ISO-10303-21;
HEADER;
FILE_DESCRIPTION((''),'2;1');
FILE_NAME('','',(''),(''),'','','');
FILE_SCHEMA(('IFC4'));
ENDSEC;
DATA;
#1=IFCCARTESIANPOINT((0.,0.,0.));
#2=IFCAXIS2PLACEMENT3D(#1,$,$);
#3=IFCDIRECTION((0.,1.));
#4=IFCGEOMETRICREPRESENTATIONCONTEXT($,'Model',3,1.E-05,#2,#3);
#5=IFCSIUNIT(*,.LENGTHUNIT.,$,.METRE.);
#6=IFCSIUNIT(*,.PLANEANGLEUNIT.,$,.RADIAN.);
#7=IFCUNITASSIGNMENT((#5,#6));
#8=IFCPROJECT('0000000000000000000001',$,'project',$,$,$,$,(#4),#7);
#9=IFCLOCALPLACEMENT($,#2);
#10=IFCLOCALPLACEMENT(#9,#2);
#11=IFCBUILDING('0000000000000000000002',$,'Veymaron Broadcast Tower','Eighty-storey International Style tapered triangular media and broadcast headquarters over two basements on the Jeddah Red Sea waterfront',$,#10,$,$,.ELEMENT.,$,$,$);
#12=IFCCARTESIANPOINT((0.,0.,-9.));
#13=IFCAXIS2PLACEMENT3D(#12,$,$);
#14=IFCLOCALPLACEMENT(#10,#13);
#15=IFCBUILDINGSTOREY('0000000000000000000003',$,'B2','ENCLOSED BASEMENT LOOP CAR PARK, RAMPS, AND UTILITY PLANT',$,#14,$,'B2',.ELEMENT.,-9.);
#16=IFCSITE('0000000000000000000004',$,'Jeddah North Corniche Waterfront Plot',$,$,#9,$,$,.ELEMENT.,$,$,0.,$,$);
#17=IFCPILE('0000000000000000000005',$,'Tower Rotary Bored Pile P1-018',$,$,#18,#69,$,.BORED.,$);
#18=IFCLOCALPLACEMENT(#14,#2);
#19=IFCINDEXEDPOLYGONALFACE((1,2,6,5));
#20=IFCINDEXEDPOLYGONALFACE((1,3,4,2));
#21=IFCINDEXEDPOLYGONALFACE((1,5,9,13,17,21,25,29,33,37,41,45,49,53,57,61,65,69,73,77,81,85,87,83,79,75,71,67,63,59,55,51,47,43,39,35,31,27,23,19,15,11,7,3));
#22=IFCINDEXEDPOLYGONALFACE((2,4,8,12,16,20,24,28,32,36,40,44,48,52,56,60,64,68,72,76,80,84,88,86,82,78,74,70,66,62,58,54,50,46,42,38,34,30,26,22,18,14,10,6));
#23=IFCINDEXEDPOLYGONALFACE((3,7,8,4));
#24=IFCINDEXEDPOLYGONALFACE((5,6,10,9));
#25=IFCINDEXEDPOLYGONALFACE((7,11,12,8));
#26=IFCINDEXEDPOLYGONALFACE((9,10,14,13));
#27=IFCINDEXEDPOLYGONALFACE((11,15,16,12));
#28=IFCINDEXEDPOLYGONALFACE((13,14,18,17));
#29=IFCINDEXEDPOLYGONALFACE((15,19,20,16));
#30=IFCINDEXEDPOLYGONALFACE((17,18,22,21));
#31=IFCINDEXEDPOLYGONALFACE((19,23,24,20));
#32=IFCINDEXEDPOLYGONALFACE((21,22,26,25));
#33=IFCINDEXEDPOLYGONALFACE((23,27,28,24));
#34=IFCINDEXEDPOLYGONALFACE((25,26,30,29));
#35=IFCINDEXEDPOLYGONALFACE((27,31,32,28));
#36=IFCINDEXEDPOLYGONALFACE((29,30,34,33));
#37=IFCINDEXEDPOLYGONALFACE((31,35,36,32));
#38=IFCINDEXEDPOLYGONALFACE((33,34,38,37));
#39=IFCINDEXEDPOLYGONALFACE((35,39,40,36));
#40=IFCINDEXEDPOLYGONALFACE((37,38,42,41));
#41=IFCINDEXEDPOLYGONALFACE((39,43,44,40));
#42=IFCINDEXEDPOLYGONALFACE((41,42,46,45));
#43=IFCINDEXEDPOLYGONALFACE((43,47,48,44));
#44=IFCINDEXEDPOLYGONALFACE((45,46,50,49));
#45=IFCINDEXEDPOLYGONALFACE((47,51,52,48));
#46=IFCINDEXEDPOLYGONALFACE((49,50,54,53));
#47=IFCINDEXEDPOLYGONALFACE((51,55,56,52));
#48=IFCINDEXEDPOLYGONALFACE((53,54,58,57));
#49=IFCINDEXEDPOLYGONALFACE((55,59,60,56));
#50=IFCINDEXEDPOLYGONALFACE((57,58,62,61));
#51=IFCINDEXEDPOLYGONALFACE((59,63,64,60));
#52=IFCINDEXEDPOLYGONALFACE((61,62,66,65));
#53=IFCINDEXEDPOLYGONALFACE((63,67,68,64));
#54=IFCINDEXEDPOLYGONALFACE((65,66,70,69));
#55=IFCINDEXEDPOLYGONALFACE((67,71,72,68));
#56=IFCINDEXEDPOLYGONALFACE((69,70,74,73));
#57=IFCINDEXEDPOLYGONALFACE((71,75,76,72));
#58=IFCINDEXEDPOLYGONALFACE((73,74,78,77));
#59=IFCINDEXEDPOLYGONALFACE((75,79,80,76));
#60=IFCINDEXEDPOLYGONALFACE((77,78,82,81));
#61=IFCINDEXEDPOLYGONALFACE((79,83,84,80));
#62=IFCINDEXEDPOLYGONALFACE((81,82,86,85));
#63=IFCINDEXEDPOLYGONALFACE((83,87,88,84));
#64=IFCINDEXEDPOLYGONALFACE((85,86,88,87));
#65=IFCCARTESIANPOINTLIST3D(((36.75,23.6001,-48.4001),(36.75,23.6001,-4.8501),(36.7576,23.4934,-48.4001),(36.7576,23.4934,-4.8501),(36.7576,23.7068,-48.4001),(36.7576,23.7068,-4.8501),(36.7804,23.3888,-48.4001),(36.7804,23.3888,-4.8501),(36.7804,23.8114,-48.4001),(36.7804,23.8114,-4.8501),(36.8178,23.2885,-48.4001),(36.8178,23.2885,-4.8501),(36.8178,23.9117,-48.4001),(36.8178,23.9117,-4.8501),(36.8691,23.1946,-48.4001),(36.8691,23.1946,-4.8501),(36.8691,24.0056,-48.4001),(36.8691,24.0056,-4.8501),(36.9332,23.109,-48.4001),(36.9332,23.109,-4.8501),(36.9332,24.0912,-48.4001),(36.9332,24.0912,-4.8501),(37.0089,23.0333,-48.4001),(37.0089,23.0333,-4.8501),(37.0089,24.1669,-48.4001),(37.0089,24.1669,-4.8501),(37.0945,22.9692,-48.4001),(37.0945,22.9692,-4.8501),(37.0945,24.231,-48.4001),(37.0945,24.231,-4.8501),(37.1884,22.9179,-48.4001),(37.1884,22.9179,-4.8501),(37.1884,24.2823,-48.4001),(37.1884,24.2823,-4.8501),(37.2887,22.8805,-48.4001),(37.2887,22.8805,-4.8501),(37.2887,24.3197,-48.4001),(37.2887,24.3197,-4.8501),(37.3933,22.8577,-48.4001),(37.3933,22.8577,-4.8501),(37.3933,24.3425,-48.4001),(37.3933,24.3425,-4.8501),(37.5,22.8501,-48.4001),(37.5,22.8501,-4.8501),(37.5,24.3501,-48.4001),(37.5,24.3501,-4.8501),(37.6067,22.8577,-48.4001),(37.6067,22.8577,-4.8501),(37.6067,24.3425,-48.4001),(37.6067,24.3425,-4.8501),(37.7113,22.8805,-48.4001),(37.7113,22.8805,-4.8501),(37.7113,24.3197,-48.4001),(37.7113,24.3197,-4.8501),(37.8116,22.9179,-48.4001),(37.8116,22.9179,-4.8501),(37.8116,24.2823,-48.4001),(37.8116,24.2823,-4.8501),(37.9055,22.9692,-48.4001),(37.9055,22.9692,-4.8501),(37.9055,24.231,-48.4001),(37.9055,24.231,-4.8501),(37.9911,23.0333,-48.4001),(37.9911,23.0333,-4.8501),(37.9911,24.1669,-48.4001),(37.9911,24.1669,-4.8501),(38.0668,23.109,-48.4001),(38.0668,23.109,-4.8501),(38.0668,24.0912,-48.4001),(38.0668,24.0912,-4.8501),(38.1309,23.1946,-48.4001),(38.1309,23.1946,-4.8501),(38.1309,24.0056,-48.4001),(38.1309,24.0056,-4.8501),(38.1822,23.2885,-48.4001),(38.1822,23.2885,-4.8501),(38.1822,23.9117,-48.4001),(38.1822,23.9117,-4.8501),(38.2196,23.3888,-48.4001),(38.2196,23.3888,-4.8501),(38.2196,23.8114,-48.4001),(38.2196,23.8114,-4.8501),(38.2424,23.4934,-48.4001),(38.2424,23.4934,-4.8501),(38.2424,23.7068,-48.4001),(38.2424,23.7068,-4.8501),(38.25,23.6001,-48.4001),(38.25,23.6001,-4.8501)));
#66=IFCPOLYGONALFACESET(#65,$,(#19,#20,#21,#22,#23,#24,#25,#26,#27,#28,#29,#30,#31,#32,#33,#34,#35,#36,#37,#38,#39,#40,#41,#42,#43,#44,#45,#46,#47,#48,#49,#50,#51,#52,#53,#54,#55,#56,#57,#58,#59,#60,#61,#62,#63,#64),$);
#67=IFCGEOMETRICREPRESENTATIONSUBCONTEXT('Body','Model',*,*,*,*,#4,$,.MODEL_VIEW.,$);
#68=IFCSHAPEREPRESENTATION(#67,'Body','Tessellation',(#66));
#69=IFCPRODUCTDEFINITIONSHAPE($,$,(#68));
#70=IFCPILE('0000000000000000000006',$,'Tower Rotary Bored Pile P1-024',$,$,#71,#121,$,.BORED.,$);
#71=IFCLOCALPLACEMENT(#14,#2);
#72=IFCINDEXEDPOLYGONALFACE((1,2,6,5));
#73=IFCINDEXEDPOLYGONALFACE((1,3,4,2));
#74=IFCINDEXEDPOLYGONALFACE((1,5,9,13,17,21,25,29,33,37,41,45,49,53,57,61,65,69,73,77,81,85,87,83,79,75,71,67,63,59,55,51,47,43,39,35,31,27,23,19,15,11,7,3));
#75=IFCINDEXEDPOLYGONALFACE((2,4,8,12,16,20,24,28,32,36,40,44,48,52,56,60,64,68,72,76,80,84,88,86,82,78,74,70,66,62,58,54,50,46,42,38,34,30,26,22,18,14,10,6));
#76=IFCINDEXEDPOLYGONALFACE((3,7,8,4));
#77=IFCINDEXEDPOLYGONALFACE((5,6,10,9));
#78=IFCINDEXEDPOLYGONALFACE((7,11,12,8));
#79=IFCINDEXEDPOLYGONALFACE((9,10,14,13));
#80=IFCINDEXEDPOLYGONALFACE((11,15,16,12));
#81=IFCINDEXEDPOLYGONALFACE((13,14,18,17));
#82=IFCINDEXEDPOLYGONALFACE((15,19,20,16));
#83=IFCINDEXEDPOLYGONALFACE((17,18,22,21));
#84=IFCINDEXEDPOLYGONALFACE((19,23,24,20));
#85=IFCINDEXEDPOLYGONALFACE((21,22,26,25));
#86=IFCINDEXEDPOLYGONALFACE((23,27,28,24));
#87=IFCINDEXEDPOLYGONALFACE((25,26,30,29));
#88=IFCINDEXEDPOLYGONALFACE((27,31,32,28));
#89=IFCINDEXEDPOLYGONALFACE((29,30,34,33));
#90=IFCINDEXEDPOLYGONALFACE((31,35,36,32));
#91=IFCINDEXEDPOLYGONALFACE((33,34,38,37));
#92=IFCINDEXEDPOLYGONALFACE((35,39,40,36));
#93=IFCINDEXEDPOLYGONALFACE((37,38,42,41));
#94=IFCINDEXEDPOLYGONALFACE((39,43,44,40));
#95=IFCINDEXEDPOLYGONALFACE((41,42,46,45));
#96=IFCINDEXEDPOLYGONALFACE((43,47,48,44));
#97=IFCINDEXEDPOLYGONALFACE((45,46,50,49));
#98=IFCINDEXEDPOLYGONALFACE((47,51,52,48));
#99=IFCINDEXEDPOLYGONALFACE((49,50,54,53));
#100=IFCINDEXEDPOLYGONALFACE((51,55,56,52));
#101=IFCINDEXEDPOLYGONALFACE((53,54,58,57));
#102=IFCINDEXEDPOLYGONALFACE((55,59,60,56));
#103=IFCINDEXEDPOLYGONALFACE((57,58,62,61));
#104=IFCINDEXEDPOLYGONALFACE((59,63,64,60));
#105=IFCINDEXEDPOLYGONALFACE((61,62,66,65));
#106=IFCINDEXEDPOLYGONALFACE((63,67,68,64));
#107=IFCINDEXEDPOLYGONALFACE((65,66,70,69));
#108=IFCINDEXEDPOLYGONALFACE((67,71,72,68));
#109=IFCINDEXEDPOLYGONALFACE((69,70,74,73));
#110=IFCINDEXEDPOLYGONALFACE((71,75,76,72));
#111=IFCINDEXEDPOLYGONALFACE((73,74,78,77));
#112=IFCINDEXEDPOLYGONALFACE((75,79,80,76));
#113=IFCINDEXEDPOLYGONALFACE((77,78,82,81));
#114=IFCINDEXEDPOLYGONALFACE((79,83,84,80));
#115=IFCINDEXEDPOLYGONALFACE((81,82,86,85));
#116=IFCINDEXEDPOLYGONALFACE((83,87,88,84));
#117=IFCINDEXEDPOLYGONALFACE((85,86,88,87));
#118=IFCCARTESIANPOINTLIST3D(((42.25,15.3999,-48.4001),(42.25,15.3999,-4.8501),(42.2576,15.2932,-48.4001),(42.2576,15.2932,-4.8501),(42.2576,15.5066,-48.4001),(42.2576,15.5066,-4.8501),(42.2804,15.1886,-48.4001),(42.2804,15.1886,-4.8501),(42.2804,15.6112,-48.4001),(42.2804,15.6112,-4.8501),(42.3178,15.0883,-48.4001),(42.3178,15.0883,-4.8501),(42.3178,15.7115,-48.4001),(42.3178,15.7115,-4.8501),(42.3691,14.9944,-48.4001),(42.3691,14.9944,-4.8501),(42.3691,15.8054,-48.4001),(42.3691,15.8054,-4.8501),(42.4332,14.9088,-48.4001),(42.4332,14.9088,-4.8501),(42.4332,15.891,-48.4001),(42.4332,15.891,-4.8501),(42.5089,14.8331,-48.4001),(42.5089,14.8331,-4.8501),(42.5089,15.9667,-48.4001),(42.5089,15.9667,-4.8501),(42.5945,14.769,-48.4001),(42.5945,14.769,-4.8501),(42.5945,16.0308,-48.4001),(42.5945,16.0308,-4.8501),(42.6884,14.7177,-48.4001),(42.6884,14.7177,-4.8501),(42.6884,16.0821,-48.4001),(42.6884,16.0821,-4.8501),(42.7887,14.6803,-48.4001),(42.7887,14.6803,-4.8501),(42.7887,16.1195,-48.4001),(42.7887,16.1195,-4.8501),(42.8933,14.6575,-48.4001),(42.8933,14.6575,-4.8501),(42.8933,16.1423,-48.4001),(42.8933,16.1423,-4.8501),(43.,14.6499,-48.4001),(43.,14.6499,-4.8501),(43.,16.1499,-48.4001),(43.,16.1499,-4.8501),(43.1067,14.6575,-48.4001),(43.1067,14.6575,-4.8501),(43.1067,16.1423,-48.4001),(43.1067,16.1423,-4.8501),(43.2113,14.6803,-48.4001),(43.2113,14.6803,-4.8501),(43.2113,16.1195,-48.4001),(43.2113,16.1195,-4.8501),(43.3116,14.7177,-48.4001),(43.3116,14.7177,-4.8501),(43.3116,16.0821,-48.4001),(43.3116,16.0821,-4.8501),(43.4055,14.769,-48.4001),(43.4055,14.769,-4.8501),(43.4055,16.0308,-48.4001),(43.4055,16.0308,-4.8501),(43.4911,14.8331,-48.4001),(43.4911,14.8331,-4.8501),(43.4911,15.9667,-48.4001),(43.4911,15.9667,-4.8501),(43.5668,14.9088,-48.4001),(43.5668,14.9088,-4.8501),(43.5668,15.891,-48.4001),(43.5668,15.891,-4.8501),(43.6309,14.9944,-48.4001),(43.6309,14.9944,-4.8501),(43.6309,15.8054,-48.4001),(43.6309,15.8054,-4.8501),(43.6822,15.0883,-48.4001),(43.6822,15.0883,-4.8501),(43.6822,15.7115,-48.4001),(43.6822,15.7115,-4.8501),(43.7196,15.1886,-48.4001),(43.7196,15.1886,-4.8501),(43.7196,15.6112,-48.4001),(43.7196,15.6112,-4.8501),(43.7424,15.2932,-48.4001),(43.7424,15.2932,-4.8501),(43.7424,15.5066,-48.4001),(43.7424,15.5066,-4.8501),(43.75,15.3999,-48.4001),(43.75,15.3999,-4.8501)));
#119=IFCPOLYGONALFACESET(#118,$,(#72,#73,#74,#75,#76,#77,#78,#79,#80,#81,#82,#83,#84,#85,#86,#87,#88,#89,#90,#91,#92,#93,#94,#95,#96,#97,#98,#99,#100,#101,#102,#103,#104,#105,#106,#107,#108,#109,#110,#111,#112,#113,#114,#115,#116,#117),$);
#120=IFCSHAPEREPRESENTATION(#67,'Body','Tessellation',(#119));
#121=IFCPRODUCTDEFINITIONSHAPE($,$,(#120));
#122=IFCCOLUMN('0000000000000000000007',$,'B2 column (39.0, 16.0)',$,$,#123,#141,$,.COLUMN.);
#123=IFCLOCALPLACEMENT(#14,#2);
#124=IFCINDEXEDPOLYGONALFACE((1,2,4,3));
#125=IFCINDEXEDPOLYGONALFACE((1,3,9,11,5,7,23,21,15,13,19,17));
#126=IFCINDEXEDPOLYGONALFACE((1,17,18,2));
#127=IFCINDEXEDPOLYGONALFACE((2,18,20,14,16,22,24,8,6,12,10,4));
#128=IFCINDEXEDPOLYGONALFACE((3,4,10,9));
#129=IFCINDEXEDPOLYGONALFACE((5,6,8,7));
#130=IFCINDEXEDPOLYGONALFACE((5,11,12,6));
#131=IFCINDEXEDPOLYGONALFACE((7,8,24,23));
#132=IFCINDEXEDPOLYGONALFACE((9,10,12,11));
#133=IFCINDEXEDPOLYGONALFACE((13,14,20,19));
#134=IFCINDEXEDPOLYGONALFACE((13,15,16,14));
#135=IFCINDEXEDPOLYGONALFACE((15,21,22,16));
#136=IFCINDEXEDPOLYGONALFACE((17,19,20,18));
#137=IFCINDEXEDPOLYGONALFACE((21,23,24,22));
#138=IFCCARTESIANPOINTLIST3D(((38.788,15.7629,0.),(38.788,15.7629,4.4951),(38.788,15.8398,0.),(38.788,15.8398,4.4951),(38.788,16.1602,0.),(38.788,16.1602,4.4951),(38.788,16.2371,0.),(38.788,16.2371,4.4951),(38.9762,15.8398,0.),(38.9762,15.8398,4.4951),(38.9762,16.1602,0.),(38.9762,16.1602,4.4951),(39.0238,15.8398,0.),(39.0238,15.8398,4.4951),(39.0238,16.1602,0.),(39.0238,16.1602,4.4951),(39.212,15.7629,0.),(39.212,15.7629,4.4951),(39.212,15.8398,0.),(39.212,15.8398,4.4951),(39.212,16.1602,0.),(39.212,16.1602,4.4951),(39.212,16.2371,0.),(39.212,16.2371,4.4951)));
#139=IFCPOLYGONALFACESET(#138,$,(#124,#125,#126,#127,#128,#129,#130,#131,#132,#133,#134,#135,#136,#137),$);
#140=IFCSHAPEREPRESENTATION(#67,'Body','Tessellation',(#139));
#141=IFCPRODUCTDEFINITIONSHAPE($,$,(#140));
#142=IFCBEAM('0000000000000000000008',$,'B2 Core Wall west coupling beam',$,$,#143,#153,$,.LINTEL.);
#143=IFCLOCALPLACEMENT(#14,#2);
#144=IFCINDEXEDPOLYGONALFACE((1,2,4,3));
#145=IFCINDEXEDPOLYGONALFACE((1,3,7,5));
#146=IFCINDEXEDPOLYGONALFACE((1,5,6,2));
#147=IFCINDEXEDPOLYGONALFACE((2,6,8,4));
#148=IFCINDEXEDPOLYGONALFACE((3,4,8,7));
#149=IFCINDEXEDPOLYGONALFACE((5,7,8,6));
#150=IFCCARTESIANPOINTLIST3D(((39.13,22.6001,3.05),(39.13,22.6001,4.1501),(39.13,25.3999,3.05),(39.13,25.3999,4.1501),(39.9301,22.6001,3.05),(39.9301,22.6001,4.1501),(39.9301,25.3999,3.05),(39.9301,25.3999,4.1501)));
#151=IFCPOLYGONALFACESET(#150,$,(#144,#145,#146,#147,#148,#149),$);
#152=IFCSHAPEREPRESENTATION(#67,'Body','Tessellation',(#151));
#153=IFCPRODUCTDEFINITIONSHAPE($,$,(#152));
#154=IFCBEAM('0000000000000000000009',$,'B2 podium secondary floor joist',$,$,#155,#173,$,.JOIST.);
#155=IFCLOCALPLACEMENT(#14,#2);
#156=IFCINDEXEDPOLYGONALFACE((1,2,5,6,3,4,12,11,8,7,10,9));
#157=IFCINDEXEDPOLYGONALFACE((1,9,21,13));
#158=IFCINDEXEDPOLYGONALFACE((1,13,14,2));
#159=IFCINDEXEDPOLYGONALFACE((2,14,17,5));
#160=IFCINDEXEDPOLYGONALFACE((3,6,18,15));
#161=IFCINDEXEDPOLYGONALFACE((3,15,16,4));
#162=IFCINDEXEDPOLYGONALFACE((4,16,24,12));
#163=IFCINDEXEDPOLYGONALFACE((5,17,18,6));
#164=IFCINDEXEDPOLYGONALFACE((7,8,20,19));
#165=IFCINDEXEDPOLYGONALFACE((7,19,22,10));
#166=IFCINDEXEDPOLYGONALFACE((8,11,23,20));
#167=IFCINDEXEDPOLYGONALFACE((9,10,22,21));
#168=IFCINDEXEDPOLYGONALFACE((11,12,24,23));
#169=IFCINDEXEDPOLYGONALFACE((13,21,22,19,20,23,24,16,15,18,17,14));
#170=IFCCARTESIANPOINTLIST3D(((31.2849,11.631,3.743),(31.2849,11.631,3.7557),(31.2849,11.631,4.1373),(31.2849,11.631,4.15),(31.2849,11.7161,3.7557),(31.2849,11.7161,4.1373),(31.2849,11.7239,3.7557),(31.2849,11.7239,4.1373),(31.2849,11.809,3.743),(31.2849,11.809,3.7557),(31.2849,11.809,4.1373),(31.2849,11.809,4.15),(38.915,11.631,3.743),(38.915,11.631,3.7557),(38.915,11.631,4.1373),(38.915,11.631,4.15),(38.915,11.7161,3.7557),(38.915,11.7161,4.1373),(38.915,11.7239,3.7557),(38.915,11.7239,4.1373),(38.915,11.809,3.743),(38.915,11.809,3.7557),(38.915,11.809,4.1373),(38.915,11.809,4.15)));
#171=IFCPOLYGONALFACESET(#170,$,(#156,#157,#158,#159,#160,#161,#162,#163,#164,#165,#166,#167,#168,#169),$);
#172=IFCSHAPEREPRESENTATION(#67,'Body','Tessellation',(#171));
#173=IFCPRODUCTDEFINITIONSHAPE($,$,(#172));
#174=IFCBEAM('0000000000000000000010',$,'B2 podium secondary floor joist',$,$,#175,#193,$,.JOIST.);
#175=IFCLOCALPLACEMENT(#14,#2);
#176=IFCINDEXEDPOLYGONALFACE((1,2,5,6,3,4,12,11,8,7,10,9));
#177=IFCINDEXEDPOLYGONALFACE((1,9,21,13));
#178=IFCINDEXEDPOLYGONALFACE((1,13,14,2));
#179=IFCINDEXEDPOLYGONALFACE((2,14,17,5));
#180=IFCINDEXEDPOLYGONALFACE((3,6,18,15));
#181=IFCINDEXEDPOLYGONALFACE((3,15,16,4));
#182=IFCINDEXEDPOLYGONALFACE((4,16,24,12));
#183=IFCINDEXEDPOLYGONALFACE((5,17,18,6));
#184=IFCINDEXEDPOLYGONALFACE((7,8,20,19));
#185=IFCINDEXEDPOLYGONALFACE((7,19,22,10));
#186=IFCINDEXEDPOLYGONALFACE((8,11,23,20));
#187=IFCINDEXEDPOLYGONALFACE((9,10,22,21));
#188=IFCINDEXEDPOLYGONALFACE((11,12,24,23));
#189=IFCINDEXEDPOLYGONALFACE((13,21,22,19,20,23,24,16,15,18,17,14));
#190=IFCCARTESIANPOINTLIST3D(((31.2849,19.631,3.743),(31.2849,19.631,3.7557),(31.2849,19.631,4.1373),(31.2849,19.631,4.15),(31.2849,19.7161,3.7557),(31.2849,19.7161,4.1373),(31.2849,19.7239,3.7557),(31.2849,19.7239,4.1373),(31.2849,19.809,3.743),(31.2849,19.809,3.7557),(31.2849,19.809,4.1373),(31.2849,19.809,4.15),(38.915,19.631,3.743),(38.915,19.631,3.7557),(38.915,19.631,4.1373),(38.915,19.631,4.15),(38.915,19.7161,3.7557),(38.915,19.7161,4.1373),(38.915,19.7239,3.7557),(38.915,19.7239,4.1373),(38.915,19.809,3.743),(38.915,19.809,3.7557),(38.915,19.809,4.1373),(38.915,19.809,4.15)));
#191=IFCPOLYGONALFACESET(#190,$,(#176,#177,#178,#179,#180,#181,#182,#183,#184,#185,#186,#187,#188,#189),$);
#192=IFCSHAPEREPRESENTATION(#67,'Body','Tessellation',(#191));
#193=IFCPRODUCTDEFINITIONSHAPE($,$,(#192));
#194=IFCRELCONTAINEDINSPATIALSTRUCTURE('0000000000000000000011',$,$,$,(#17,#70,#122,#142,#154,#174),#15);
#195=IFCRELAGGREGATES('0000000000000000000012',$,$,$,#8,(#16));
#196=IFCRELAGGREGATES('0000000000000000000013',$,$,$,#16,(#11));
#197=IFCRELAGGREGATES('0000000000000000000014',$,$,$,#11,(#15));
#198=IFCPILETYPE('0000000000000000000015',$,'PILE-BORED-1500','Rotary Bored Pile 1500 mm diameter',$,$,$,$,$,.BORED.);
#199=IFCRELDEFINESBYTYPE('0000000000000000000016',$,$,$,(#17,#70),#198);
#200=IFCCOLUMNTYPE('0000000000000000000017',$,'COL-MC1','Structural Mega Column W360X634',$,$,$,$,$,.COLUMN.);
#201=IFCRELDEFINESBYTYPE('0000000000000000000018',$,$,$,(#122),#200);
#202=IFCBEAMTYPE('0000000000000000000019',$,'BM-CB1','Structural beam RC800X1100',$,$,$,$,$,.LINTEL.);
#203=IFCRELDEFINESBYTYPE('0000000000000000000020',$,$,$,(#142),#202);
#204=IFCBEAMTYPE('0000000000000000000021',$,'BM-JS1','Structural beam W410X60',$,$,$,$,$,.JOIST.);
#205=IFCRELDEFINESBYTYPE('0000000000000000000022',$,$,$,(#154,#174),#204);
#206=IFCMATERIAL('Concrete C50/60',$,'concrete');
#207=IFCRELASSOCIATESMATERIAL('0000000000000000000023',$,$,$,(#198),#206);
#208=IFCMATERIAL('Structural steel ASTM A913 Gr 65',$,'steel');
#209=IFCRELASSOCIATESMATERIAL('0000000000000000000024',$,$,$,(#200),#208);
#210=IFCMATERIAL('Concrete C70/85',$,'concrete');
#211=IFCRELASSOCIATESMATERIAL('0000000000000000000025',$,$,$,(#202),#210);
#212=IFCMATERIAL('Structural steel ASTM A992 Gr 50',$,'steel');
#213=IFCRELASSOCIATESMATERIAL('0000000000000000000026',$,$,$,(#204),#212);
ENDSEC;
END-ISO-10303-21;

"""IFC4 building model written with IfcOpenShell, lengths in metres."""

from ifc_helpers import new_model, si_unit, direction, frame, origin, origin_2d, place, context, subcontext, project, spatial, rectangle, circle, i_section, extrude, material, material_profile, profile_set, type_object, element, save


model = new_model("IFC4")

# Units and contexts
model_context = context("Model", 3, precision=1e-05, world=origin(), true_north=direction((0.0, 1.0)))
body_context = subcontext(model_context, "Body", "Model", "MODEL_VIEW")
ifc_project = project(units=[si_unit("LENGTHUNIT", "METRE"), si_unit("PLANEANGLEUNIT", "RADIAN")], contexts=[model_context])

# Site, building, storey
site_placement = place(None, origin())
site = spatial("IfcSite", under=ifc_project, at=site_placement, Name="Jeddah North Corniche Waterfront Plot", CompositionType="ELEMENT", RefElevation=0.0)
building_placement = place(site_placement, origin())
building = spatial("IfcBuilding", under=site, at=building_placement, Name="Veymaron Broadcast Tower", Description="Eighty-storey International Style tapered triangular media and broadcast headquarters over two basements on the Jeddah Red Sea waterfront", CompositionType="ELEMENT")
storey_placement = place(building_placement, frame((0.0, 0.0, -9.0)))
storey = spatial("IfcBuildingStorey", under=building, at=storey_placement, Name="B2", Description="ENCLOSED BASEMENT LOOP CAR PARK, RAMPS, AND UTILITY PLANT", LongName="B2", CompositionType="ELEMENT", Elevation=-9.0)

# Piles
ifc_material_1 = material(Name="Concrete C50/60", Category="concrete")
ifc_material_profile_1 = material_profile(ifc_material_1, circle(Radius=0.75, at=origin_2d()), Name="PILE1500")
ifc_profile_set_1 = profile_set([ifc_material_profile_1], Name="Concrete C50/60")
pile_type = type_object("IfcPileType", Name="PILE-BORED-1500", Description="Rotary Bored Pile 1500 mm diameter", PredefinedType="BORED", material=ifc_profile_set_1)
for number, where, z_axis, x_axis, name in (
    (1, (37.5, 23.6001, -4.8501), (0.0, 0.0, -1.0), (1.0, 0.0, 0.0), "Tower Rotary Bored Pile P1-018"),
    (2, (43.0, 15.3999, -4.8501), (0.0, 0.0, -1.0), (1.0, 0.0, 0.0), "Tower Rotary Bored Pile P1-024"),
):
    element("IfcPile", number, at=place(storey_placement, frame(where, z_axis=z_axis, x_axis=x_axis)), inside=storey, type_object=pile_type, Name=name, PredefinedType="BORED", context=body_context, shape_type="SweptSolid", body=[
        extrude(circle(Radius=0.75, at=origin_2d()), origin(), (0.0, 0.0, 1.0), 43.55),
    ])

# Column
ifc_material_2 = material(Name="Structural steel ASTM A913 Gr 65", Category="steel")
ifc_material_profile_2 = material_profile(ifc_material_2, i_section(OverallWidth=0.4241, OverallDepth=0.4741, WebThickness=0.0476, FlangeThickness=0.0769, at=origin_2d()), Name="W360X634")
ifc_profile_set_2 = profile_set([ifc_material_profile_2], Name="Structural steel ASTM A913 Gr 65")
column_type = type_object("IfcColumnType", Name="COL-MC1", Description="Structural Mega Column W360X634", PredefinedType="COLUMN", material=ifc_profile_set_2)
column_placement = place(storey_placement, frame((39.0, 16.0, 0.0), z_axis=(0.0, 0.0, 1.0), x_axis=(1.0, 0.0, 0.0)))
element("IfcColumn", 3, at=column_placement, inside=storey, type_object=column_type, Name="B2 column (39.0, 16.0)", PredefinedType="COLUMN", context=body_context, shape_type="SweptSolid", body=[
    extrude(i_section(OverallWidth=0.4241, OverallDepth=0.4741, WebThickness=0.0476, FlangeThickness=0.0769, at=origin_2d()), origin(), (0.0, 0.0, 1.0), 4.4951),
])

# Beams
ifc_material_3 = material(Name="Concrete C70/85", Category="concrete")
ifc_material_profile_3 = material_profile(ifc_material_3, rectangle(XDim=0.8, YDim=1.1001, at=origin_2d()), Name="RC800X1100")
ifc_profile_set_3 = profile_set([ifc_material_profile_3], Name="Concrete C70/85")
beam_type_1 = type_object("IfcBeamType", Name="BM-CB1", Description="Structural beam RC800X1100", PredefinedType="LINTEL", material=ifc_profile_set_3)
beam_1_placement = place(storey_placement, frame((39.53, 22.6001, 3.6001), z_axis=(0.0, 1.0, 0.0), x_axis=(-1.0, 0.0, 0.0)))
element("IfcBeam", 4, at=beam_1_placement, inside=storey, type_object=beam_type_1, Name="B2 Core Wall west coupling beam", PredefinedType="LINTEL", context=body_context, shape_type="SweptSolid", body=[
    extrude(rectangle(XDim=0.8, YDim=1.1001, at=origin_2d()), origin(), (0.0, 0.0, 1.0), 2.7998),
])
ifc_material_4 = material(Name="Structural steel ASTM A992 Gr 50", Category="steel")
ifc_material_profile_4 = material_profile(ifc_material_4, i_section(OverallWidth=0.178, OverallDepth=0.407, WebThickness=0.0078, FlangeThickness=0.0127, at=origin_2d()), Name="W410X60")
ifc_profile_set_4 = profile_set([ifc_material_profile_4], Name="Structural steel ASTM A992 Gr 50")
beam_type_2 = type_object("IfcBeamType", Name="BM-JS1", Description="Structural beam W410X60", PredefinedType="JOIST", material=ifc_profile_set_4)
for number, where, z_axis, x_axis, name in (
    (5, (31.2849, 11.72, 3.9465), (1.0, 0.0, 0.0), (0.0, 1.0, 0.0), "B2 podium secondary floor joist"),
    (6, (31.2849, 19.72, 3.9465), (1.0, 0.0, 0.0), (0.0, 1.0, 0.0), "B2 podium secondary floor joist"),
):
    element("IfcBeam", number, at=place(storey_placement, frame(where, z_axis=z_axis, x_axis=x_axis)), inside=storey, type_object=beam_type_2, Name=name, PredefinedType="JOIST", context=body_context, shape_type="SweptSolid", body=[
        extrude(i_section(OverallWidth=0.178, OverallDepth=0.407, WebThickness=0.0078, FlangeThickness=0.0127, at=origin_2d()), origin(), (0.0, 0.0, 1.0), 7.6301),
    ])

save(model, "model.ifc")
